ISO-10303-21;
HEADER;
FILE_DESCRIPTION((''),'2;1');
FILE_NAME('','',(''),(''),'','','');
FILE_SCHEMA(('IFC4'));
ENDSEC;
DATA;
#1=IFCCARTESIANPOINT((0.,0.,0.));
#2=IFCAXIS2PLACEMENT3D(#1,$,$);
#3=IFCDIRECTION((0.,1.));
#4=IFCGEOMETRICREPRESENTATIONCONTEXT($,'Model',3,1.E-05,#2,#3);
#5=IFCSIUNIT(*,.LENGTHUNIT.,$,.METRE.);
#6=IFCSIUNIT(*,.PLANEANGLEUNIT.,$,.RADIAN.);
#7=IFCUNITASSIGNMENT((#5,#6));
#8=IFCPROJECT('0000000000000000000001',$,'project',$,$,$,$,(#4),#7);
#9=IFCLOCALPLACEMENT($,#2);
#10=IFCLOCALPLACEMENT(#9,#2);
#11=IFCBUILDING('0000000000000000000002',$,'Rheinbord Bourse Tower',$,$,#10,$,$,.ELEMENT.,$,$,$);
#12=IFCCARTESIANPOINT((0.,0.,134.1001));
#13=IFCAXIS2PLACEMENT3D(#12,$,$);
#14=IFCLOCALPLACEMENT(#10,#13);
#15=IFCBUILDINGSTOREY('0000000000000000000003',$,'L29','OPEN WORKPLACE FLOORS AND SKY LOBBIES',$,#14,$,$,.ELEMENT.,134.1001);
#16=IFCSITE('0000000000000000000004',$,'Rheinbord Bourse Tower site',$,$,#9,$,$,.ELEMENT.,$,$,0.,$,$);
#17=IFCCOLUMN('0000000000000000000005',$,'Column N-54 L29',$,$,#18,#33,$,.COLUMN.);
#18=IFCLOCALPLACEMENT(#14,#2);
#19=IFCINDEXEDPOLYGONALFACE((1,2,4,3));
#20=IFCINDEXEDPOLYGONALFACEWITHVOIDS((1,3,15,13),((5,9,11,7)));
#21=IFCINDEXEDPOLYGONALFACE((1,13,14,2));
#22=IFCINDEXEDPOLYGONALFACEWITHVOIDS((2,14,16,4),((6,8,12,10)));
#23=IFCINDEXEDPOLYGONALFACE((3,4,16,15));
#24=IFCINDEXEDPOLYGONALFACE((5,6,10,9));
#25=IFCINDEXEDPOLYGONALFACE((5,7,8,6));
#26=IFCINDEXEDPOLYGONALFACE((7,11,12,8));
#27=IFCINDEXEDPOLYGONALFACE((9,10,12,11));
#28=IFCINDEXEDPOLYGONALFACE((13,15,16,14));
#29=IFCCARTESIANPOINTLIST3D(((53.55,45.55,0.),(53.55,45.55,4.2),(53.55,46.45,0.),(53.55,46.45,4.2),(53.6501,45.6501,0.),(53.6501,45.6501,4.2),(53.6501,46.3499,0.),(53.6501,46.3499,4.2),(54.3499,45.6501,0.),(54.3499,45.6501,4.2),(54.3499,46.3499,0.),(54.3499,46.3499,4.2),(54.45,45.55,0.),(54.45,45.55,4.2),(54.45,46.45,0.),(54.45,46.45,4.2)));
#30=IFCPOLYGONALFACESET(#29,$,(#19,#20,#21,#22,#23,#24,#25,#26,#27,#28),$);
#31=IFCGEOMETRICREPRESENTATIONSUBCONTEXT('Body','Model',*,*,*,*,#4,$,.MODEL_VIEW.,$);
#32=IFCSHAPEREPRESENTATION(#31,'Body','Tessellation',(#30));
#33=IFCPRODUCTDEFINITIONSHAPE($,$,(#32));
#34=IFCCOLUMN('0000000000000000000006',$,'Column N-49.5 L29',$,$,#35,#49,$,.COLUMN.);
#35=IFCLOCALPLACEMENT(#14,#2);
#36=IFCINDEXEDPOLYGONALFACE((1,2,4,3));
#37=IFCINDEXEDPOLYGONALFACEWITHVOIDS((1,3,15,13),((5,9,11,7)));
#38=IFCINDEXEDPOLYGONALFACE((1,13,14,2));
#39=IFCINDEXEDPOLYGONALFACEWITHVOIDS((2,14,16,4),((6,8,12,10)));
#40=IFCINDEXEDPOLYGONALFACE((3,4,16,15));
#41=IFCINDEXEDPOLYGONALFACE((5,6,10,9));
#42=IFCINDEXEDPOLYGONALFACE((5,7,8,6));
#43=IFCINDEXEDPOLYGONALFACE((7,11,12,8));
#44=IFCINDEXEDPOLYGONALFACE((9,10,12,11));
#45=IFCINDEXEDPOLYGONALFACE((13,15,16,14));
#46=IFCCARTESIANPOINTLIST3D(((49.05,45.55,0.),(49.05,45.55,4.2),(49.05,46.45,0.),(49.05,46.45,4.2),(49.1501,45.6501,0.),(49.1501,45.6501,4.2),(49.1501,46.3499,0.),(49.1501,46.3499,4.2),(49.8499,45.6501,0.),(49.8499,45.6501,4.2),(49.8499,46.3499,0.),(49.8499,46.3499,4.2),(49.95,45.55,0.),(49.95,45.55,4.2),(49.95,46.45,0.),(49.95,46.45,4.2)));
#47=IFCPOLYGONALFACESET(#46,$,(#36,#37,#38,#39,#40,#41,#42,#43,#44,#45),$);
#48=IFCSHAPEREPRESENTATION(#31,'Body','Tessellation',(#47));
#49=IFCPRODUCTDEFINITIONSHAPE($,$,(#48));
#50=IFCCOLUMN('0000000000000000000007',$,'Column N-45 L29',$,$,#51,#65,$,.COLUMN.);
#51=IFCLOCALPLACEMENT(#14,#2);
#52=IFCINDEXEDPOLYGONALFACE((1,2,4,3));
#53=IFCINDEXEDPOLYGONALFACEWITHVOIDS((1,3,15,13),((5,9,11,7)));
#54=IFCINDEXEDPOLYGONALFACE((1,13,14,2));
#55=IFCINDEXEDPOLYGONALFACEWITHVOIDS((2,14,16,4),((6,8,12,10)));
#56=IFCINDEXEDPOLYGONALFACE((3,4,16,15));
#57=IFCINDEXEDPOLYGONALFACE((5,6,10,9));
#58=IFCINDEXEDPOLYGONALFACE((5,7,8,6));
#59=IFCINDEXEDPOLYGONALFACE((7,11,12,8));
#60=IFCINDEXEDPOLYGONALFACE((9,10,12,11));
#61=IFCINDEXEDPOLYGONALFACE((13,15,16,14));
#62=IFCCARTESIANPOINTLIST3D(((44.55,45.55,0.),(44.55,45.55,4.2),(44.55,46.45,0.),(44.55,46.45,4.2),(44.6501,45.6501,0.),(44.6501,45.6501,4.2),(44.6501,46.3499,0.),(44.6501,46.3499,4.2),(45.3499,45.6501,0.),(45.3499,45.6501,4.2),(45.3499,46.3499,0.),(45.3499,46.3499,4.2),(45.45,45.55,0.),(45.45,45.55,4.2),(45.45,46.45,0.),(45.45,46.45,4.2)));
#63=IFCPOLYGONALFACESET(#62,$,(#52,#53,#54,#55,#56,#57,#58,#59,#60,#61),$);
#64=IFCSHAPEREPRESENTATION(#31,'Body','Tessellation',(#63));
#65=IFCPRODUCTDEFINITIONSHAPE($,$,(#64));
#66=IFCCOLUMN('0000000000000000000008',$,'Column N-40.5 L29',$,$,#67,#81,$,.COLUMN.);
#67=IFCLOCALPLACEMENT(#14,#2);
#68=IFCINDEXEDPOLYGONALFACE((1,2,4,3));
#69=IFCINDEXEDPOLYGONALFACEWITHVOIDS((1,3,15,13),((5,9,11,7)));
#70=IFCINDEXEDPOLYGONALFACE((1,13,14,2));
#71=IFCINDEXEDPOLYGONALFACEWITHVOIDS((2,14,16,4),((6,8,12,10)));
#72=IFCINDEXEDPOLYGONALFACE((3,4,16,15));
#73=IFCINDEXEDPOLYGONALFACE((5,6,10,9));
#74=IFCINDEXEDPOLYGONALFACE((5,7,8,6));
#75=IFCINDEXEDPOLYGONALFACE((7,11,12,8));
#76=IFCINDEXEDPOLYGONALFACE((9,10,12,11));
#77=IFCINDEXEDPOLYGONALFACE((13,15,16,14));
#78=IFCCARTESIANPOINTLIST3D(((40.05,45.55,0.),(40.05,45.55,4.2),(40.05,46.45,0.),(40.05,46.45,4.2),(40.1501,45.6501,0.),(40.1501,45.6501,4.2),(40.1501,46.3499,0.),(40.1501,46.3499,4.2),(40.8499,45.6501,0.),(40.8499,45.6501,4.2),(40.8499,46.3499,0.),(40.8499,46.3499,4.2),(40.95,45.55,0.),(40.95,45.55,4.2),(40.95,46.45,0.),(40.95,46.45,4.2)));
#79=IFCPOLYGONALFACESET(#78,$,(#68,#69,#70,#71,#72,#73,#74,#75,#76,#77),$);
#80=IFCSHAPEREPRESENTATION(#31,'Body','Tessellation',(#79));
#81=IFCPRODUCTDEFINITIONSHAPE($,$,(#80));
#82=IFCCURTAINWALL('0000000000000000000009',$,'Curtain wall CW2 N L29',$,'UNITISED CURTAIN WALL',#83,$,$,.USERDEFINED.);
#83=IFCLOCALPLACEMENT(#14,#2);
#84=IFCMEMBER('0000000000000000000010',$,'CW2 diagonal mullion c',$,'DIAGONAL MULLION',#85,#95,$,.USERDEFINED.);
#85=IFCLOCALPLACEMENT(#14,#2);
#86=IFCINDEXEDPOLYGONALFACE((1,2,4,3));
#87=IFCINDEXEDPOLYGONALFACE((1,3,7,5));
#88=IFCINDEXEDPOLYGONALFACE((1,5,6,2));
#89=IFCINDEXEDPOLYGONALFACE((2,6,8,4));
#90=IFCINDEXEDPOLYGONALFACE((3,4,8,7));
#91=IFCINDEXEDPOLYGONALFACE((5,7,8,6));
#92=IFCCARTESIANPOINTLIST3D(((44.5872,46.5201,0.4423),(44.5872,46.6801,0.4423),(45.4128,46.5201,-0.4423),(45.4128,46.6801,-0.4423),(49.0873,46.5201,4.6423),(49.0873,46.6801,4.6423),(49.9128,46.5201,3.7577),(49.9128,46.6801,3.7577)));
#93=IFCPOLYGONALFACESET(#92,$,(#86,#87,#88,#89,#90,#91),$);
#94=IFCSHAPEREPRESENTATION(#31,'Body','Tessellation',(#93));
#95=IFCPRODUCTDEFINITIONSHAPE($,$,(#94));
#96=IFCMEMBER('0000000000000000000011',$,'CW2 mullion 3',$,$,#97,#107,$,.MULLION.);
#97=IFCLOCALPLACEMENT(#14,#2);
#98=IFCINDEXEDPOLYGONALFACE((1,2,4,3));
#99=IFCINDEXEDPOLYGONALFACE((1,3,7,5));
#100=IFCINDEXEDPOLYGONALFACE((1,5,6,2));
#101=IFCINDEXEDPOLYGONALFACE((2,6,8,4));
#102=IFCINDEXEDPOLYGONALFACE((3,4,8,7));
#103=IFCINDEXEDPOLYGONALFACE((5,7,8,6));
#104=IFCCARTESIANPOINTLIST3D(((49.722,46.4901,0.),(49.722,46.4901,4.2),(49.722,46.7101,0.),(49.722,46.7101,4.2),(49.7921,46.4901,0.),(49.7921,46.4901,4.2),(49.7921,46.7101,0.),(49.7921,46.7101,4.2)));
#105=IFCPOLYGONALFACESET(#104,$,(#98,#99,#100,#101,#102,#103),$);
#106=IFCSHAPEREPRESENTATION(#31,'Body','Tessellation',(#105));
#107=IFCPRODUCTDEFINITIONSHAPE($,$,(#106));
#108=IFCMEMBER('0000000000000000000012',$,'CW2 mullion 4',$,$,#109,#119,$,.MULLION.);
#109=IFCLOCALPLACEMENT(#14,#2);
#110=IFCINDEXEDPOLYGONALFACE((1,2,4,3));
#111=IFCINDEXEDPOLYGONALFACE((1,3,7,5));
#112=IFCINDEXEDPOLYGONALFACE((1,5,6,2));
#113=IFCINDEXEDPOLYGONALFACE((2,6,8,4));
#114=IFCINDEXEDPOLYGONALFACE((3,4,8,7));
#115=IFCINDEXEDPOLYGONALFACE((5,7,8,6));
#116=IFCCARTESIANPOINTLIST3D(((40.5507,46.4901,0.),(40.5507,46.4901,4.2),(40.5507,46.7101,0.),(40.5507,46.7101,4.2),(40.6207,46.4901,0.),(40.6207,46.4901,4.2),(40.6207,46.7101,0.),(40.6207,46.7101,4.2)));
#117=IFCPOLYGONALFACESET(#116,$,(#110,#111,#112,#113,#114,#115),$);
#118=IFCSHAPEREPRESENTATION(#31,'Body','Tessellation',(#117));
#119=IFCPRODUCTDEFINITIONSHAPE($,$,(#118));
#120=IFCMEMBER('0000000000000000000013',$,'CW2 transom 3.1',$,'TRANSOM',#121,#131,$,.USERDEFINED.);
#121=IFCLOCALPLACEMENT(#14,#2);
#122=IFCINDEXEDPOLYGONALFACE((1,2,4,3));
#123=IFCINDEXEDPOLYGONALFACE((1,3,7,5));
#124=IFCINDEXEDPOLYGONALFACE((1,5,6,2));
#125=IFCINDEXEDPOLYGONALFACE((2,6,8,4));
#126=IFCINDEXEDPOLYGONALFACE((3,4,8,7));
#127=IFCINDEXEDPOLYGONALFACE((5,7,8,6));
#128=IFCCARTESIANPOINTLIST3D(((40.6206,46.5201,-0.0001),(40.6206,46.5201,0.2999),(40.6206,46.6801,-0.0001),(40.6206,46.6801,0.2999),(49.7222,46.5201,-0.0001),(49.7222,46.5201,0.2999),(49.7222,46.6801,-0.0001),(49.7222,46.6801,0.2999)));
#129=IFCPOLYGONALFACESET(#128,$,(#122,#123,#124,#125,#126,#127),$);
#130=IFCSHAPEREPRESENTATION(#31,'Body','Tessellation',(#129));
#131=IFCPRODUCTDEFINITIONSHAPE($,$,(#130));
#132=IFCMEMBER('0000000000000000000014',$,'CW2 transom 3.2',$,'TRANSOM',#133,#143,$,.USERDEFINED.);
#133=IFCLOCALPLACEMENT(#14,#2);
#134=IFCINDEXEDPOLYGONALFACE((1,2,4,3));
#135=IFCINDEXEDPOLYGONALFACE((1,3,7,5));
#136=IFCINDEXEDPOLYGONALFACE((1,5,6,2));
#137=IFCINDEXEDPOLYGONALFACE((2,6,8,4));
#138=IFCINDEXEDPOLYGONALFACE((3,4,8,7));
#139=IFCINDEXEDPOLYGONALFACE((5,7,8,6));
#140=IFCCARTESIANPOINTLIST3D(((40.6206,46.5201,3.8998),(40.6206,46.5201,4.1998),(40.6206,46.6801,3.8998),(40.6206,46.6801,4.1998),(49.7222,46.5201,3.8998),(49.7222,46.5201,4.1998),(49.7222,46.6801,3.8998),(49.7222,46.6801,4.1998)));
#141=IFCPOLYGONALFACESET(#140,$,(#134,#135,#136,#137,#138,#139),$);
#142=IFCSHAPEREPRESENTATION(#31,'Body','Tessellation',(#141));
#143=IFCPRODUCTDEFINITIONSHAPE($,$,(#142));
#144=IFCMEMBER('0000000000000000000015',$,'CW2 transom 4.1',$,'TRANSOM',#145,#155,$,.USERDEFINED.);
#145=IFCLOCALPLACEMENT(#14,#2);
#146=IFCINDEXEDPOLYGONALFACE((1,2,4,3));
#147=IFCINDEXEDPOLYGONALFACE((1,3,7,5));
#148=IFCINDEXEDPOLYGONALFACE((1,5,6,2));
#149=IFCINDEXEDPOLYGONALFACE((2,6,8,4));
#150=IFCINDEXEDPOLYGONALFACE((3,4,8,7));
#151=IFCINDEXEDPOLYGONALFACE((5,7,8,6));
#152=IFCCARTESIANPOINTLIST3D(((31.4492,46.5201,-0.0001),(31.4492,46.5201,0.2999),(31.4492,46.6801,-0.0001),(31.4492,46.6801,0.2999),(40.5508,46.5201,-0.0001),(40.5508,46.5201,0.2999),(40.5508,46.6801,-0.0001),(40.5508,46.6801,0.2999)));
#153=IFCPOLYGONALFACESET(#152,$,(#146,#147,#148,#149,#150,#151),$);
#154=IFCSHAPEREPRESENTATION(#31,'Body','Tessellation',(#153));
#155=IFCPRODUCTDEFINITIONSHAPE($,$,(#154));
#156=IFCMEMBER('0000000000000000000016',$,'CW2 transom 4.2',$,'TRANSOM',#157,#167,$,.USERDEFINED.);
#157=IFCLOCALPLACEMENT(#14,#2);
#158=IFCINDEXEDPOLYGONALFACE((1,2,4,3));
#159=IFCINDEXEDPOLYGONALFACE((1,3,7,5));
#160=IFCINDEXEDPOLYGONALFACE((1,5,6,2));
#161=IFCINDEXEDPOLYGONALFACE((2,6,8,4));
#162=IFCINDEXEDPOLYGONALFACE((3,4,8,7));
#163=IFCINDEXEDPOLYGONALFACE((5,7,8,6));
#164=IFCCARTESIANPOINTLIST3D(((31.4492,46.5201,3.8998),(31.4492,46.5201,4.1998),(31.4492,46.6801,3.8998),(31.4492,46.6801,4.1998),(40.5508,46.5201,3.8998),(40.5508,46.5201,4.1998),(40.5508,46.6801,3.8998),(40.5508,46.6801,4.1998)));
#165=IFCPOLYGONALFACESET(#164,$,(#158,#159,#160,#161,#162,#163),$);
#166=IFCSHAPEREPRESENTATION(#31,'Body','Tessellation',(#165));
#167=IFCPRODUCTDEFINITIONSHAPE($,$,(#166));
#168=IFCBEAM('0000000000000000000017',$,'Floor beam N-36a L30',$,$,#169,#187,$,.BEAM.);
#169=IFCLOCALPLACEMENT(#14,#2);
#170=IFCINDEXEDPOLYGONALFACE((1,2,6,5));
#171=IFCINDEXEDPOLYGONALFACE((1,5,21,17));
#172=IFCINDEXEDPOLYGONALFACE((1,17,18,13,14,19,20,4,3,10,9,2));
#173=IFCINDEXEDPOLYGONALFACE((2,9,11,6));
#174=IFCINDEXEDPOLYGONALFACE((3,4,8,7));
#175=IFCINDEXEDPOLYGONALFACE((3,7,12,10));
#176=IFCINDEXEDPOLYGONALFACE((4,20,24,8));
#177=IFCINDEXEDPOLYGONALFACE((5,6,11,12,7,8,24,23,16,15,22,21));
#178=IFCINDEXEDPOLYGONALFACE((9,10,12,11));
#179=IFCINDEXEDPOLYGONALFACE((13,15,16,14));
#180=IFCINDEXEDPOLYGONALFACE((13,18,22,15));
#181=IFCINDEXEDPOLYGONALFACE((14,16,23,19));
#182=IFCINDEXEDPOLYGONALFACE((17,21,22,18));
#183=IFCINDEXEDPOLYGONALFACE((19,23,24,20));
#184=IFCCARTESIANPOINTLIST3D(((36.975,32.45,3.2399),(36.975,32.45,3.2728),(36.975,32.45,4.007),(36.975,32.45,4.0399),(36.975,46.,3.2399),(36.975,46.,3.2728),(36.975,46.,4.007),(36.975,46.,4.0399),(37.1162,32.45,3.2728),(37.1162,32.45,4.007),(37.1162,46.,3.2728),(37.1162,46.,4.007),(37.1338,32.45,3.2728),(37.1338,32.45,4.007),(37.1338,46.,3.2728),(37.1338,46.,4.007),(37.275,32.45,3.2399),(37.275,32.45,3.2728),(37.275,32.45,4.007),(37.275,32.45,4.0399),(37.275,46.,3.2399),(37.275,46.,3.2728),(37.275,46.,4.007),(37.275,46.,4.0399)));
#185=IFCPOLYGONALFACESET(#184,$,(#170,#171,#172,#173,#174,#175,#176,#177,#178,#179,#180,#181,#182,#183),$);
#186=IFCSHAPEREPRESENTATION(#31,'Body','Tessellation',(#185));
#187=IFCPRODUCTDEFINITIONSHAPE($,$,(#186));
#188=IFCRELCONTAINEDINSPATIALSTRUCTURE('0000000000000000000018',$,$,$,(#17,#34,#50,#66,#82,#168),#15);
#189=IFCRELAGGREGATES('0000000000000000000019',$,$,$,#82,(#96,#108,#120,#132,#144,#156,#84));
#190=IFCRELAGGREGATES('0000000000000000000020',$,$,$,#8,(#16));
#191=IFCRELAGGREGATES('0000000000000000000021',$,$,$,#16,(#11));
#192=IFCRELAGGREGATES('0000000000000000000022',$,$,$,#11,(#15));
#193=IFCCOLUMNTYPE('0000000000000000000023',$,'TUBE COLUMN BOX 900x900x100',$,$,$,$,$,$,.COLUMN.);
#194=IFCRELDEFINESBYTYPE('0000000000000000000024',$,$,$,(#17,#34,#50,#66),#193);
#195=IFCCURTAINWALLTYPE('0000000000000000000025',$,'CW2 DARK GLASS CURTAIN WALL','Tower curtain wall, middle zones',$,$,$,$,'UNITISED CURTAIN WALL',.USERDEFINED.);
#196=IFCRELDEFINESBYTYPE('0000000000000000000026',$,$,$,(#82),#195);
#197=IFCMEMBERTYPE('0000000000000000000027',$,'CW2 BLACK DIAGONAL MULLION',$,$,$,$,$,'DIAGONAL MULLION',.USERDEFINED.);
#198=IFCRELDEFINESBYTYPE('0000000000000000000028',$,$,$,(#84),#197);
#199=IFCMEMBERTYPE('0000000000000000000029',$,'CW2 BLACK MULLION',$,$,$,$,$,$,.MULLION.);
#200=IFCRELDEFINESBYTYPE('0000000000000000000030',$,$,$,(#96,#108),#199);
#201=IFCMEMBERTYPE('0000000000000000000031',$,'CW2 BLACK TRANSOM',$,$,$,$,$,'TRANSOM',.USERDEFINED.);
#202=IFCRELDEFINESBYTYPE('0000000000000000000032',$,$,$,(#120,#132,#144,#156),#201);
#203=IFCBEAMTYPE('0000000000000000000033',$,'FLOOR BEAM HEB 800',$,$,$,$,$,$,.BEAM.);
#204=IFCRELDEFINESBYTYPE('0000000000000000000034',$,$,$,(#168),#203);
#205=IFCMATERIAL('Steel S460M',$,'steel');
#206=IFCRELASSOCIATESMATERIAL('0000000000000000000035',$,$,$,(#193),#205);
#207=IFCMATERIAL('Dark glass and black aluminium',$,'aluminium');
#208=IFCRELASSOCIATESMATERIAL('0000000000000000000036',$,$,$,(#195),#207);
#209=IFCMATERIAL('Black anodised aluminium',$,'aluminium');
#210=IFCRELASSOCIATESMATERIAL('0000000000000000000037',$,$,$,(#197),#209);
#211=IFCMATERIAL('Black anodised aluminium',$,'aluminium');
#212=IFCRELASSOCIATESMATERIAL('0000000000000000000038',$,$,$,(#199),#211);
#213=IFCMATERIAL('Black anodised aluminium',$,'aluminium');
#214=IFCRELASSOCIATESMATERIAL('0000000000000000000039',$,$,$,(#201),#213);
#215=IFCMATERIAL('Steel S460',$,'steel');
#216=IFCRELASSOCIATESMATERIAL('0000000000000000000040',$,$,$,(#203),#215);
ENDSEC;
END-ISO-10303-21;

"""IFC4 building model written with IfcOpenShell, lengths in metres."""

from ifc_helpers import new_model, si_unit, direction, frame, origin, origin_2d, place, context, subcontext, project, spatial, rectangle, hollow_rectangle, i_section, extrude, material, material_profile, profile_set, type_object, element, aggregate, save


model = new_model("IFC4")

# Units and contexts
model_context = context("Model", 3, precision=1e-05, world=origin(), true_north=direction((0.0, 1.0)))
body_context = subcontext(model_context, "Body", "Model", "MODEL_VIEW")
ifc_project = project(units=[si_unit("LENGTHUNIT", "METRE"), si_unit("PLANEANGLEUNIT", "RADIAN")], contexts=[model_context])

# Site, building, storey
site_placement = place(None, origin())
site = spatial("IfcSite", under=ifc_project, at=site_placement, Name="Rheinbord Bourse Tower site", CompositionType="ELEMENT", RefElevation=0.0)
building_placement = place(site_placement, origin())
building = spatial("IfcBuilding", under=site, at=building_placement, Name="Rheinbord Bourse Tower", CompositionType="ELEMENT")
storey_placement = place(building_placement, frame((0.0, 0.0, 134.1001)))
storey = spatial("IfcBuildingStorey", under=building, at=storey_placement, Name="L29", Description="OPEN WORKPLACE FLOORS AND SKY LOBBIES", CompositionType="ELEMENT", Elevation=134.1001)

# Columns
ifc_material_1 = material(Name="Steel S460M", Category="steel")
ifc_material_profile_1 = material_profile(ifc_material_1, hollow_rectangle(XDim=0.8999, YDim=0.8999, WallThickness=0.1001, at=origin_2d()), Name="BOX 900x900x100")
ifc_profile_set_1 = profile_set([ifc_material_profile_1], Name="Steel S460M")
column_type = type_object("IfcColumnType", Name="TUBE COLUMN BOX 900x900x100", PredefinedType="COLUMN", material=ifc_profile_set_1)
for number, where, z_axis, x_axis, name in (
    (1, (54.0, 46.0, 0.0), (0.0, 0.0, 1.0), (0.0, 1.0, 0.0), "Column N-54 L29"),
    (2, (49.5, 46.0, 0.0), (0.0, 0.0, 1.0), (0.0, 1.0, 0.0), "Column N-49.5 L29"),
    (3, (45.0, 46.0, 0.0), (0.0, 0.0, 1.0), (0.0, 1.0, 0.0), "Column N-45 L29"),
    (4, (40.5, 46.0, 0.0), (0.0, 0.0, 1.0), (0.0, 1.0, 0.0), "Column N-40.5 L29"),
):
    element("IfcColumn", number, at=place(storey_placement, frame(where, z_axis=z_axis, x_axis=x_axis)), inside=storey, type_object=column_type, Name=name, PredefinedType="COLUMN", context=body_context, shape_type="SweptSolid", body=[
        extrude(hollow_rectangle(XDim=0.8999, YDim=0.8999, WallThickness=0.1001, at=origin_2d()), origin(), (0.0, 0.0, 1.0), 4.2),
    ])

# Curtain wall, members
ifc_material_2 = material(Name="Dark glass and black aluminium", Category="aluminium")
curtain_wall_type = type_object("IfcCurtainWallType", Name="CW2 DARK GLASS CURTAIN WALL", Description="Tower curtain wall, middle zones", ElementType="UNITISED CURTAIN WALL", PredefinedType="USERDEFINED", material=ifc_material_2)
curtain_wall_placement = place(storey_placement, origin())
curtain_wall = element("IfcCurtainWall", 5, at=curtain_wall_placement, inside=storey, type_object=curtain_wall_type, Name="Curtain wall CW2 N L29", ObjectType="UNITISED CURTAIN WALL", PredefinedType="USERDEFINED")
ifc_material_3 = material(Name="Black anodised aluminium", Category="aluminium")
ifc_material_profile_2 = material_profile(ifc_material_3, rectangle(XDim=0.1599, YDim=1.21, at=origin_2d()), Name="CW2 DIAGONAL MULLION 1210x160")
ifc_profile_set_2 = profile_set([ifc_material_profile_2], Name="Black anodised aluminium")
member_type_1 = type_object("IfcMemberType", Name="CW2 BLACK DIAGONAL MULLION", ElementType="DIAGONAL MULLION", PredefinedType="USERDEFINED", material=ifc_profile_set_2)
member_1_placement = place(storey_placement, frame((45.0, 46.6001, 0.0), z_axis=(0.731059, 0.0, 0.682314), x_axis=(0.0, 1.0, 0.0)))
member_1 = element("IfcMember", 6, at=member_1_placement, type_object=member_type_1, Name="CW2 diagonal mullion c", ObjectType="DIAGONAL MULLION", PredefinedType="USERDEFINED", context=body_context, shape_type="SweptSolid", body=[
    extrude(rectangle(XDim=0.1599, YDim=1.21, at=origin_2d()), origin(), (0.0, 0.0, 1.0), 6.1555),
])
ifc_material_4 = material(Name="Black anodised aluminium", Category="aluminium")
ifc_material_profile_3 = material_profile(ifc_material_4, rectangle(XDim=0.22, YDim=0.0701, at=origin_2d()), Name="CW2 MULLION 70x220")
ifc_profile_set_3 = profile_set([ifc_material_profile_3], Name="Black anodised aluminium")
member_type_2 = type_object("IfcMemberType", Name="CW2 BLACK MULLION", PredefinedType="MULLION", material=ifc_profile_set_3)
member_2_placement = place(storey_placement, frame((49.7571, 46.6001, 0.0), z_axis=(0.0, 0.0, 1.0), x_axis=(0.0, -1.0, 0.0)))
member_2 = element("IfcMember", 7, at=member_2_placement, type_object=member_type_2, Name="CW2 mullion 3", PredefinedType="MULLION", context=body_context, shape_type="SweptSolid", body=[
    extrude(rectangle(XDim=0.22, YDim=0.0701, at=origin_2d()), origin(), (0.0, 0.0, 1.0), 4.2),
])
member_3_placement = place(storey_placement, frame((40.5857, 46.6001, 0.0), z_axis=(0.0, 0.0, 1.0), x_axis=(0.0, -1.0, 0.0)))
member_3 = element("IfcMember", 8, at=member_3_placement, type_object=member_type_2, Name="CW2 mullion 4", PredefinedType="MULLION", context=body_context, shape_type="SweptSolid", body=[
    extrude(rectangle(XDim=0.22, YDim=0.0701, at=origin_2d()), origin(), (0.0, 0.0, 1.0), 4.2),
])
ifc_material_5 = material(Name="Black anodised aluminium", Category="aluminium")
ifc_material_profile_4 = material_profile(ifc_material_5, rectangle(XDim=0.1599, YDim=0.3, at=origin_2d()), Name="CW2 TRANSOM 300x160")
ifc_profile_set_4 = profile_set([ifc_material_profile_4], Name="Black anodised aluminium")
member_type_3 = type_object("IfcMemberType", Name="CW2 BLACK TRANSOM", ElementType="TRANSOM", PredefinedType="USERDEFINED", material=ifc_profile_set_4)
member_4_placement = place(storey_placement, frame((49.7222, 46.6001, 0.1499), z_axis=(-1.0, 0.0, 0.0), x_axis=(0.0, -1.0, 0.0)))
member_4 = element("IfcMember", 9, at=member_4_placement, type_object=member_type_3, Name="CW2 transom 3.1", ObjectType="TRANSOM", PredefinedType="USERDEFINED", context=body_context, shape_type="SweptSolid", body=[
    extrude(rectangle(XDim=0.1599, YDim=0.3, at=origin_2d()), origin(), (0.0, 0.0, 1.0), 9.1016),
])
member_5_placement = place(storey_placement, frame((49.7222, 46.6001, 4.0498), z_axis=(-1.0, 0.0, 0.0), x_axis=(0.0, -1.0, 0.0)))
member_5 = element("IfcMember", 10, at=member_5_placement, type_object=member_type_3, Name="CW2 transom 3.2", ObjectType="TRANSOM", PredefinedType="USERDEFINED", context=body_context, shape_type="SweptSolid", body=[
    extrude(rectangle(XDim=0.1599, YDim=0.3, at=origin_2d()), origin(), (0.0, 0.0, 1.0), 9.1016),
])
member_6_placement = place(storey_placement, frame((40.5508, 46.6001, 0.1499), z_axis=(-1.0, 0.0, 0.0), x_axis=(0.0, -1.0, 0.0)))
member_6 = element("IfcMember", 11, at=member_6_placement, type_object=member_type_3, Name="CW2 transom 4.1", ObjectType="TRANSOM", PredefinedType="USERDEFINED", context=body_context, shape_type="SweptSolid", body=[
    extrude(rectangle(XDim=0.1599, YDim=0.3, at=origin_2d()), origin(), (0.0, 0.0, 1.0), 9.1016),
])
member_7_placement = place(storey_placement, frame((40.5508, 46.6001, 4.0498), z_axis=(-1.0, 0.0, 0.0), x_axis=(0.0, -1.0, 0.0)))
member_7 = element("IfcMember", 12, at=member_7_placement, type_object=member_type_3, Name="CW2 transom 4.2", ObjectType="TRANSOM", PredefinedType="USERDEFINED", context=body_context, shape_type="SweptSolid", body=[
    extrude(rectangle(XDim=0.1599, YDim=0.3, at=origin_2d()), origin(), (0.0, 0.0, 1.0), 9.1016),
])

# Beam
ifc_material_6 = material(Name="Steel S460", Category="steel")
ifc_material_profile_5 = material_profile(ifc_material_6, i_section(OverallWidth=0.3, OverallDepth=0.8, WebThickness=0.0176, FlangeThickness=0.033, at=origin_2d()), Name="HEB 800")
ifc_profile_set_5 = profile_set([ifc_material_profile_5], Name="Steel S460")
beam_type_1 = type_object("IfcBeamType", Name="FLOOR BEAM HEB 800", PredefinedType="BEAM", material=ifc_profile_set_5)
for number, where, z_axis, x_axis, name in (
    (13, (37.125, 46.0, 3.6399), (0.0, -1.0, 0.0), (1.0, 0.0, 0.0), "Floor beam N-36a L30"),
):
    element("IfcBeam", number, at=place(storey_placement, frame(where, z_axis=z_axis, x_axis=x_axis)), inside=storey, type_object=beam_type_1, Name=name, PredefinedType="BEAM", context=body_context, shape_type="SweptSolid", body=[
        extrude(i_section(OverallWidth=0.3, OverallDepth=0.8, WebThickness=0.0176, FlangeThickness=0.033, at=origin_2d()), origin(), (0.0, 0.0, 1.0), 13.55),
    ])

aggregate(curtain_wall, [member_2, member_3, member_4, member_5, member_6, member_7, member_1])

save(model, "model.ifc")
